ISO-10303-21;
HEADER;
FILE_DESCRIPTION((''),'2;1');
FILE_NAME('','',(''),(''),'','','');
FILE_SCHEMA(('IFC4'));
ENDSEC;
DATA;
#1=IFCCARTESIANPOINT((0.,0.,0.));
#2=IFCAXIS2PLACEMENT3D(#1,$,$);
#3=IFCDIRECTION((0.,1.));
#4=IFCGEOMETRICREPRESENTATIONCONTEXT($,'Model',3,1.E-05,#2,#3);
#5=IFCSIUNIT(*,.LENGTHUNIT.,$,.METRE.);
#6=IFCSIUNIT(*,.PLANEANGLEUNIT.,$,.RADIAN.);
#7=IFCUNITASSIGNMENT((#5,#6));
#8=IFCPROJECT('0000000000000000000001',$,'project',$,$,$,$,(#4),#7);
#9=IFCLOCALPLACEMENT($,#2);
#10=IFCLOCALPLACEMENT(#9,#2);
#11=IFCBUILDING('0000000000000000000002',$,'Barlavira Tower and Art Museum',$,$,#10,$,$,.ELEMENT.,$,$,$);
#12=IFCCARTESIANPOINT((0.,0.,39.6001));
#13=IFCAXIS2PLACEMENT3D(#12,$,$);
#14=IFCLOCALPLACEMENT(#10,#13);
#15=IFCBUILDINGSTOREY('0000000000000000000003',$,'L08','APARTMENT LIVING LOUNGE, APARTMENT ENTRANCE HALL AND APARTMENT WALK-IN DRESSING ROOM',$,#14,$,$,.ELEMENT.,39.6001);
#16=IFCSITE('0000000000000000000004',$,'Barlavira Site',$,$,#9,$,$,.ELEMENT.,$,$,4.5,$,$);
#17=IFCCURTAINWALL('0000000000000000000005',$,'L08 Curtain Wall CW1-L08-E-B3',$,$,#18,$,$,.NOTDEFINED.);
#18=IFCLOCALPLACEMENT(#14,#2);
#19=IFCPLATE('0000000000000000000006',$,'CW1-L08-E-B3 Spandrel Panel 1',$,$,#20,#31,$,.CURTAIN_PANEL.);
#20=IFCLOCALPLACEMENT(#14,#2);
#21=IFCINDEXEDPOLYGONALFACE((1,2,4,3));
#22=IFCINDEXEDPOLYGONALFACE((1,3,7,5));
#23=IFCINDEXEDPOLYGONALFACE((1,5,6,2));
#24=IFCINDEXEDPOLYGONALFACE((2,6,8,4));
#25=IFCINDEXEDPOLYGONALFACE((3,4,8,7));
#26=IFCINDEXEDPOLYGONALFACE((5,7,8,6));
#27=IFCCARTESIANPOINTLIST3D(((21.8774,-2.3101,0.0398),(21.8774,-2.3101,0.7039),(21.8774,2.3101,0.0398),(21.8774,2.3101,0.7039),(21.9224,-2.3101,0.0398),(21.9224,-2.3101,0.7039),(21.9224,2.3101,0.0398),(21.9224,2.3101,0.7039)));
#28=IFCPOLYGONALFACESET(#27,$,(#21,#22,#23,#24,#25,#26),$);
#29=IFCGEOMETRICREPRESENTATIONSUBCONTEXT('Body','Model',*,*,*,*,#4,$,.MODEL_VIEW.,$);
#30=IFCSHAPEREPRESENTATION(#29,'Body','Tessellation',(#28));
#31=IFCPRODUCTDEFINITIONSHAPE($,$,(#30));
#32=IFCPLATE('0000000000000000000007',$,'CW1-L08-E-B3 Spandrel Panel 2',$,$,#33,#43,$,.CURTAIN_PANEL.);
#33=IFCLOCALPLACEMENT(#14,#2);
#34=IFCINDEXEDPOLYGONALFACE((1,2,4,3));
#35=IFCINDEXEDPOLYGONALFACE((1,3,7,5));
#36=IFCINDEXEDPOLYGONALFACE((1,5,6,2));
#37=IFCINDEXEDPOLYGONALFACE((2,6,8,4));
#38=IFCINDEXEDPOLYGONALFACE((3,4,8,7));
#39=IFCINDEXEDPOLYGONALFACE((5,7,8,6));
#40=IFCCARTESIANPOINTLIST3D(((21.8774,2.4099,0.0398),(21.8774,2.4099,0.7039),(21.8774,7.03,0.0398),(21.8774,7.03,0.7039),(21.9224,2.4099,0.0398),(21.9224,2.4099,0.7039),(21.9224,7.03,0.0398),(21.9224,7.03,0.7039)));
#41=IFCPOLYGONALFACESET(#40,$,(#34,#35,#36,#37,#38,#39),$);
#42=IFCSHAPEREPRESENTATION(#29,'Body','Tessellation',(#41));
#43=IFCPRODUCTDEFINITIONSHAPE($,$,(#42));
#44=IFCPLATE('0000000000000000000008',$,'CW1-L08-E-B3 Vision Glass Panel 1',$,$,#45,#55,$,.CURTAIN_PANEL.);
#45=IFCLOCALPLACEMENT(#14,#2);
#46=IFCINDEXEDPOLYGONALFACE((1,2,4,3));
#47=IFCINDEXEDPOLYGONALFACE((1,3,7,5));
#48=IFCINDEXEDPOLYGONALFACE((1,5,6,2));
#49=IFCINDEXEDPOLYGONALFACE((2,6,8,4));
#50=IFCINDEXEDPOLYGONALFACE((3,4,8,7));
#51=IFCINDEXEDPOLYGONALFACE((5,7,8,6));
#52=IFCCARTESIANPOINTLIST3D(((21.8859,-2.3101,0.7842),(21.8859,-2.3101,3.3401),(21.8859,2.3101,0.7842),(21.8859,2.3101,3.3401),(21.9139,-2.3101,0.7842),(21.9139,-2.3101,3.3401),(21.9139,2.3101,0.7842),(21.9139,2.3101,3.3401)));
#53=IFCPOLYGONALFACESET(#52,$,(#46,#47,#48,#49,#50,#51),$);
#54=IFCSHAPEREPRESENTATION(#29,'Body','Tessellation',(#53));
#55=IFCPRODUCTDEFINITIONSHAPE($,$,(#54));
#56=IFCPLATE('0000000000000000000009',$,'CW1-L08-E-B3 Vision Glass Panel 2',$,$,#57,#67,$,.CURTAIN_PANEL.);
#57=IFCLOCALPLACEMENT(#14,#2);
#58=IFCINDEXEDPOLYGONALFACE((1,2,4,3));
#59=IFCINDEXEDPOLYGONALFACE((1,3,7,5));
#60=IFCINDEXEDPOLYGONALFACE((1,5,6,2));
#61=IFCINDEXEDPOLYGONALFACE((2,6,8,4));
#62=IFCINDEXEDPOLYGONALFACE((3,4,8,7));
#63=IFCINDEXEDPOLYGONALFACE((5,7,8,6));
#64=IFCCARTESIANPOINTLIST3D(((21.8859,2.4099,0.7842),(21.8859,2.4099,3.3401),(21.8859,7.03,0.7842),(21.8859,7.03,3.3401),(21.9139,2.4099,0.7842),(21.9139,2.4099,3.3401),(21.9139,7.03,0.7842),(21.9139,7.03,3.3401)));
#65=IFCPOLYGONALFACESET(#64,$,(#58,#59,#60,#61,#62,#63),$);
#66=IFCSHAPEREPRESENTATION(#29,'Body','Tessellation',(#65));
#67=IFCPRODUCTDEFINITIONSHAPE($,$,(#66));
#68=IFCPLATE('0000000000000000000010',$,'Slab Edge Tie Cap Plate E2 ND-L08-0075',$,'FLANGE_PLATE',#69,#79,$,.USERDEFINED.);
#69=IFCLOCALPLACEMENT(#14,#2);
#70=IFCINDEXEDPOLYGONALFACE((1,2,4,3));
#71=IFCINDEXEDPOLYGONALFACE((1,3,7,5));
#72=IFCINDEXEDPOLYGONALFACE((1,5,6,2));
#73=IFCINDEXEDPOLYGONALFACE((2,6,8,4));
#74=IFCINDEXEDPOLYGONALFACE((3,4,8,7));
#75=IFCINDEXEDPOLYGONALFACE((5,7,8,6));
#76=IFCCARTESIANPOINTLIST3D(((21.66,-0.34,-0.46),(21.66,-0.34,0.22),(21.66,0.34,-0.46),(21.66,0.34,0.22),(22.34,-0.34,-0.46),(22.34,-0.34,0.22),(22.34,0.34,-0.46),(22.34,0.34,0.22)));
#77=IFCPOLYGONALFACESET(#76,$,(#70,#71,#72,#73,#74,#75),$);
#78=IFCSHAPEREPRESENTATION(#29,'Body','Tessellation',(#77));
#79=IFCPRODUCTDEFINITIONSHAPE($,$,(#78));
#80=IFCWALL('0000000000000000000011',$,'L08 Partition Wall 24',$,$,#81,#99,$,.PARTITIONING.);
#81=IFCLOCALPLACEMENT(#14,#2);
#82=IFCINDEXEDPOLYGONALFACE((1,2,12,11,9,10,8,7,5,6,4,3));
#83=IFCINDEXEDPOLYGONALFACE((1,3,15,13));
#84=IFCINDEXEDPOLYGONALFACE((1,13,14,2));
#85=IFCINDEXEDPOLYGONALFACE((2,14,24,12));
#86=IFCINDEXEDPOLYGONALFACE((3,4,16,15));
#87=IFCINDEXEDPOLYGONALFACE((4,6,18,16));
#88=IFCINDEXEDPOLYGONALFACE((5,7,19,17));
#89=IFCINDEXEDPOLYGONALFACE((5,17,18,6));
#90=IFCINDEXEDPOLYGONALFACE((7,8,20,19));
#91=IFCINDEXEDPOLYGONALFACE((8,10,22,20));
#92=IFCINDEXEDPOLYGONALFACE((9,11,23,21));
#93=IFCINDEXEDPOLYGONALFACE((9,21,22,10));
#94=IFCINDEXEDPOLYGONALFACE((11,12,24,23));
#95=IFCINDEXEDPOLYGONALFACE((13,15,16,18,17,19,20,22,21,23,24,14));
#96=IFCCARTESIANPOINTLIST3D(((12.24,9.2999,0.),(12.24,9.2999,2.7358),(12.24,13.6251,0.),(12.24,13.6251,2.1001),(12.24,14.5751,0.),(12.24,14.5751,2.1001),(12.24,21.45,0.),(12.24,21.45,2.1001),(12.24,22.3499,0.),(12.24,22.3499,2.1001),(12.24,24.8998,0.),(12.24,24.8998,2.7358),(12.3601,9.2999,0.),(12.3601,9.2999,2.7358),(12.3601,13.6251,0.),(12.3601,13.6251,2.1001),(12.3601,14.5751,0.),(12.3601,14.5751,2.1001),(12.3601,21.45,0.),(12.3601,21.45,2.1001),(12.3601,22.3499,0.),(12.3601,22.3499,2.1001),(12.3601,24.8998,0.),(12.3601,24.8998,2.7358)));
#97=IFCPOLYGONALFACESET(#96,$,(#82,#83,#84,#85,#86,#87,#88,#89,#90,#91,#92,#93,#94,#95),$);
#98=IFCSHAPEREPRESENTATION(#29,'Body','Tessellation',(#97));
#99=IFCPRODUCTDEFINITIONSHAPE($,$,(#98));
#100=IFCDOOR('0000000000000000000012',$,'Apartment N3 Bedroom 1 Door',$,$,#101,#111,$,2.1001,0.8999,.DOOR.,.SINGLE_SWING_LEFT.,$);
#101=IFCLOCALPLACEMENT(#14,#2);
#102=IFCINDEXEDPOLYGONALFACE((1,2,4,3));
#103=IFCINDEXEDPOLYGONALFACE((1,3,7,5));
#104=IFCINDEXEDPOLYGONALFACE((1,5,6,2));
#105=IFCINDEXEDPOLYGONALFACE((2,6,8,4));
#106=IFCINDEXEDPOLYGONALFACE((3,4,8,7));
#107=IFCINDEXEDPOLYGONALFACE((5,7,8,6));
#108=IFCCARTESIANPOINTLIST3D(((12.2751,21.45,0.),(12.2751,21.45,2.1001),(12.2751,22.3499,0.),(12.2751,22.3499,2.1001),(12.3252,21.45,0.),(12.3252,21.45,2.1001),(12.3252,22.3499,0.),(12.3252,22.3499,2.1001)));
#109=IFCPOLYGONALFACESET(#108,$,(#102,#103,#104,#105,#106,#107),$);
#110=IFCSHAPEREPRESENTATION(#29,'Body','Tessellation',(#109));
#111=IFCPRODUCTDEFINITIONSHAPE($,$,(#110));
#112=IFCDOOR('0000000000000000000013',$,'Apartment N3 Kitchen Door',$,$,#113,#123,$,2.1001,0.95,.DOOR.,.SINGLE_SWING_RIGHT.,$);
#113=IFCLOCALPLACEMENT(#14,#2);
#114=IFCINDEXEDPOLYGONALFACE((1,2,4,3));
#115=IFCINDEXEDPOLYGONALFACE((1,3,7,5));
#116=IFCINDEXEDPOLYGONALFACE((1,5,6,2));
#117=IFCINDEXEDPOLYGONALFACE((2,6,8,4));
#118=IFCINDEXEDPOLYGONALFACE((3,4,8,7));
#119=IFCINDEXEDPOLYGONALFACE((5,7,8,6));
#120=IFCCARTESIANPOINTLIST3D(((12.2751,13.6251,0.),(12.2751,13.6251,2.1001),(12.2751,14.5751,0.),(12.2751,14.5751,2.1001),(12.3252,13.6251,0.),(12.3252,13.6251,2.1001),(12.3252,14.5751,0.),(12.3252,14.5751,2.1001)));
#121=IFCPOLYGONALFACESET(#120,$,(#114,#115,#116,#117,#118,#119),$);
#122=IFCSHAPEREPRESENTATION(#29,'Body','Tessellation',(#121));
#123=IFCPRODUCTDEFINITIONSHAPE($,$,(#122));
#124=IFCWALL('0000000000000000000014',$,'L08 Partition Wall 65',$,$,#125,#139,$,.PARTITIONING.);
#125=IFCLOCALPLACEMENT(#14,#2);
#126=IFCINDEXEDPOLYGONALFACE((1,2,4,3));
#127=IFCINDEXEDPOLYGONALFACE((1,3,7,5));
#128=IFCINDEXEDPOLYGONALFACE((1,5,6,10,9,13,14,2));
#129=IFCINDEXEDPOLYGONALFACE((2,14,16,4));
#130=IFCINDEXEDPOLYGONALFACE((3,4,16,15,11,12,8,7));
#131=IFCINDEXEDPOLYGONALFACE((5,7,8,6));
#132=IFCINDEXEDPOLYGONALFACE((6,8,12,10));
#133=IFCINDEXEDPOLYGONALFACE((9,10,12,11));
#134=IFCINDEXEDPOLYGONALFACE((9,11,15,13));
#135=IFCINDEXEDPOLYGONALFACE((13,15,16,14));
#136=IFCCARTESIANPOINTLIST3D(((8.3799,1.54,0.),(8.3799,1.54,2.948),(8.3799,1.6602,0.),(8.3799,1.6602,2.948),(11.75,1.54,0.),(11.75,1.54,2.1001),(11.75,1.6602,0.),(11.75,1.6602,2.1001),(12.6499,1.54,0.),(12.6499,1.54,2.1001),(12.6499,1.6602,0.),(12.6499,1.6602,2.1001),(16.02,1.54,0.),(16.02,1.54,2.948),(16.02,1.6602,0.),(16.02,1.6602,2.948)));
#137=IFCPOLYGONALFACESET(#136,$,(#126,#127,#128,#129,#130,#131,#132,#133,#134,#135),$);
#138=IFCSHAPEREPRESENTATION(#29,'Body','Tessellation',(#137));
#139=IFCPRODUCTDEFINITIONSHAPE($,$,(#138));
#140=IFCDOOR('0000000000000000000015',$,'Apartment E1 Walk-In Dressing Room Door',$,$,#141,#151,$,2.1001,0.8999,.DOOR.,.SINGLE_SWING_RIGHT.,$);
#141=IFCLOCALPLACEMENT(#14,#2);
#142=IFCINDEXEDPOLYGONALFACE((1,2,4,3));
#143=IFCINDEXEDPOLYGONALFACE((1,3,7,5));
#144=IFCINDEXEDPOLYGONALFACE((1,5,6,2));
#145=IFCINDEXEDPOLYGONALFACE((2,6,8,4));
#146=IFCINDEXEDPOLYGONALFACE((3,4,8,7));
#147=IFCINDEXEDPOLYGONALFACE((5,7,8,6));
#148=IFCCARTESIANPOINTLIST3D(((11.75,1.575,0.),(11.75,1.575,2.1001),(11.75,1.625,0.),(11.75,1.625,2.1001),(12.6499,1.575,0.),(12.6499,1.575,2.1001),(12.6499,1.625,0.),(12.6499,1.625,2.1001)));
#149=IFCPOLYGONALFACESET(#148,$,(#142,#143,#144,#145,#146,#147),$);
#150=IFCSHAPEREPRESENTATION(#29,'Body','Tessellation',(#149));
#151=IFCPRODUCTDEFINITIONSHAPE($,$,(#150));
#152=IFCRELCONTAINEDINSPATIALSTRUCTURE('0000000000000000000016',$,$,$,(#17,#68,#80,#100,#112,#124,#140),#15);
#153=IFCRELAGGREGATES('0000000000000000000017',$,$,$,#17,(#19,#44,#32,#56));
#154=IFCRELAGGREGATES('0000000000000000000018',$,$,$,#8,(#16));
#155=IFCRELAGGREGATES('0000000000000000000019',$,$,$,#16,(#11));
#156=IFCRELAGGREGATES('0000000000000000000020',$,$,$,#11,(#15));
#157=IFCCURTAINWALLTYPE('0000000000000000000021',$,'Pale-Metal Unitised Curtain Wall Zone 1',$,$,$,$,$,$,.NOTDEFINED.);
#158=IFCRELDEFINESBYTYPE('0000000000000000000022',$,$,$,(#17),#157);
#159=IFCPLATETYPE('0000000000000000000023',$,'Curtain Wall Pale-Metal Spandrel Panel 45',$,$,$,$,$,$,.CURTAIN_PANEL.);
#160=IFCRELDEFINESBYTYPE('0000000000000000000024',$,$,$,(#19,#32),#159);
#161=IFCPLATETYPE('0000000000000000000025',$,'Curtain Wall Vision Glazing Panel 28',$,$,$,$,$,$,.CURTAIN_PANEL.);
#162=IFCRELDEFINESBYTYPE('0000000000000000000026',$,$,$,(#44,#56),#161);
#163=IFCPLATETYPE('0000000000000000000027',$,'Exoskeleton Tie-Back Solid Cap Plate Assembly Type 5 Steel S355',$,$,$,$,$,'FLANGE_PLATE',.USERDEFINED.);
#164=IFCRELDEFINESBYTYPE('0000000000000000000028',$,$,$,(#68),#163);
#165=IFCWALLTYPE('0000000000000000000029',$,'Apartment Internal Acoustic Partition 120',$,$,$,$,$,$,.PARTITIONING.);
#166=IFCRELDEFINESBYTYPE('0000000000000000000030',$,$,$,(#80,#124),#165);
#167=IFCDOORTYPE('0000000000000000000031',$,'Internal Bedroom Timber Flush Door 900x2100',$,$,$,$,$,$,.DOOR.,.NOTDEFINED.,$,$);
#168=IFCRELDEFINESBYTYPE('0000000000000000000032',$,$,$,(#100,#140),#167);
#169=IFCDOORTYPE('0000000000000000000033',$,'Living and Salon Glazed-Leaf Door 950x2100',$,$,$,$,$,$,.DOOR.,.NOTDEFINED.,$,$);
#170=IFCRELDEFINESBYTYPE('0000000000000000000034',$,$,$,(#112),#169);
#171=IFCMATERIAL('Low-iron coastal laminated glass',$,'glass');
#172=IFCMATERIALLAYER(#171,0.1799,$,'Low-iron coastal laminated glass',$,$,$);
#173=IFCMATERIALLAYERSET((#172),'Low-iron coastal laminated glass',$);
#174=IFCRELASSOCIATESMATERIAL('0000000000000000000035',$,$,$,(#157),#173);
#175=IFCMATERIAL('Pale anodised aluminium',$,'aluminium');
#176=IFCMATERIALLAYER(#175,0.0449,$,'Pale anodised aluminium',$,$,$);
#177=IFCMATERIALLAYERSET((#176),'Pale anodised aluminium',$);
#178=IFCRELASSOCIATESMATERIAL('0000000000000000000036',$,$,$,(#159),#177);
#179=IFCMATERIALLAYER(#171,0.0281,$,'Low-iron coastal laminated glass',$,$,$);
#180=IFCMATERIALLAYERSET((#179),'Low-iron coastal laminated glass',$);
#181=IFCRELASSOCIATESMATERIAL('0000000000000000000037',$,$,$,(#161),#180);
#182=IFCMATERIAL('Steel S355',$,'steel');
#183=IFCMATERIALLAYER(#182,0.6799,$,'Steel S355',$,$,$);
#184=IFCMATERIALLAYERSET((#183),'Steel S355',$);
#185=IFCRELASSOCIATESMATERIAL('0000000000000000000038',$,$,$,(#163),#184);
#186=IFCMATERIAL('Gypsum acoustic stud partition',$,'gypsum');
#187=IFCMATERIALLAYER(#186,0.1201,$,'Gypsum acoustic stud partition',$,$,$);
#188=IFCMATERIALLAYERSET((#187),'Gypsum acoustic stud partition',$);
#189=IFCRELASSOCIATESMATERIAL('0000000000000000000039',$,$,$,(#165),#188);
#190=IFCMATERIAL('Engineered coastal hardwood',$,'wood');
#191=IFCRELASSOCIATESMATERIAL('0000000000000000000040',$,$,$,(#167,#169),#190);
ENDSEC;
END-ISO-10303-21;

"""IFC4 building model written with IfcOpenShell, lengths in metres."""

from ifc_helpers import new_model, si_unit, direction, frame, frame_2d, origin, origin_2d, place, context, subcontext, project, spatial, rectangle, extrude, material, layer, layer_set, type_object, element, fill, aggregate, save


model = new_model("IFC4")

# Units and contexts
model_context = context("Model", 3, precision=1e-05, world=origin(), true_north=direction((0.0, 1.0)))
body_context = subcontext(model_context, "Body", "Model", "MODEL_VIEW")
ifc_project = project(units=[si_unit("LENGTHUNIT", "METRE"), si_unit("PLANEANGLEUNIT", "RADIAN")], contexts=[model_context])

# Site, building, storey
site_placement = place(None, origin())
site = spatial("IfcSite", under=ifc_project, at=site_placement, Name="Barlavira Site", CompositionType="ELEMENT", RefElevation=4.5)
building_placement = place(site_placement, origin())
building = spatial("IfcBuilding", under=site, at=building_placement, Name="Barlavira Tower and Art Museum", CompositionType="ELEMENT")
storey_placement = place(building_placement, frame((0.0, 0.0, 39.6001)))
storey = spatial("IfcBuildingStorey", under=building, at=storey_placement, Name="L08", Description="APARTMENT LIVING LOUNGE, APARTMENT ENTRANCE HALL AND APARTMENT WALK-IN DRESSING ROOM", CompositionType="ELEMENT", Elevation=39.6001)

# Curtain wall
ifc_material_1 = material(Name="Low-iron coastal laminated glass", Category="glass")
ifc_layer_1 = layer(ifc_material_1, 0.1799, Name="Low-iron coastal laminated glass")
ifc_layer_set_1 = layer_set([ifc_layer_1], Name="Low-iron coastal laminated glass")
curtain_wall_type = type_object("IfcCurtainWallType", Name="Pale-Metal Unitised Curtain Wall Zone 1", PredefinedType="NOTDEFINED", material=ifc_layer_set_1)
curtain_wall_placement = place(storey_placement, origin())
curtain_wall = element("IfcCurtainWall", 1, at=curtain_wall_placement, inside=storey, type_object=curtain_wall_type, Name="L08 Curtain Wall CW1-L08-E-B3", PredefinedType="NOTDEFINED")
ifc_material_2 = material(Name="Pale anodised aluminium", Category="aluminium")

# Shared definitions
ifc_material_3 = material(Name="Steel S355", Category="steel")

# Plates
ifc_layer_2 = layer(ifc_material_2, 0.0449, Name="Pale anodised aluminium")
ifc_layer_set_2 = layer_set([ifc_layer_2], Name="Pale anodised aluminium")
plate_type_1 = type_object("IfcPlateType", Name="Curtain Wall Pale-Metal Spandrel Panel 45", PredefinedType="CURTAIN_PANEL", material=ifc_layer_set_2)
plate_1_placement = place(storey_placement, frame((21.8999, 0.0, 0.0398), z_axis=(0.0, 0.0, 1.0), x_axis=(0.0, 1.0, 0.0)))
plate_1 = element("IfcPlate", 2, at=plate_1_placement, type_object=plate_type_1, Name="CW1-L08-E-B3 Spandrel Panel 1", PredefinedType="CURTAIN_PANEL", context=body_context, shape_type="SweptSolid", body=[
    extrude(rectangle(XDim=4.6201, YDim=0.0449, at=origin_2d()), origin(), (0.0, 0.0, 1.0), 0.6641),
])
plate_2_placement = place(storey_placement, frame((21.8999, 4.72, 0.0398), z_axis=(0.0, 0.0, 1.0), x_axis=(0.0, 1.0, 0.0)))
plate_2 = element("IfcPlate", 3, at=plate_2_placement, type_object=plate_type_1, Name="CW1-L08-E-B3 Spandrel Panel 2", PredefinedType="CURTAIN_PANEL", context=body_context, shape_type="SweptSolid", body=[
    extrude(rectangle(XDim=4.6201, YDim=0.0449, at=origin_2d()), origin(), (0.0, 0.0, 1.0), 0.6641),
])
ifc_layer_3 = layer(ifc_material_1, 0.0281, Name="Low-iron coastal laminated glass")
ifc_layer_set_3 = layer_set([ifc_layer_3], Name="Low-iron coastal laminated glass")
plate_type_2 = type_object("IfcPlateType", Name="Curtain Wall Vision Glazing Panel 28", PredefinedType="CURTAIN_PANEL", material=ifc_layer_set_3)
plate_3_placement = place(storey_placement, frame((21.8999, 0.0, 0.7842), z_axis=(0.0, 0.0, 1.0), x_axis=(0.0, 1.0, 0.0)))
plate_3 = element("IfcPlate", 4, at=plate_3_placement, type_object=plate_type_2, Name="CW1-L08-E-B3 Vision Glass Panel 1", PredefinedType="CURTAIN_PANEL", context=body_context, shape_type="SweptSolid", body=[
    extrude(rectangle(XDim=4.6201, YDim=0.0281, at=origin_2d()), origin(), (0.0, 0.0, 1.0), 2.5559),
])
plate_4_placement = place(storey_placement, frame((21.8999, 4.72, 0.7842), z_axis=(0.0, 0.0, 1.0), x_axis=(0.0, 1.0, 0.0)))
plate_4 = element("IfcPlate", 5, at=plate_4_placement, type_object=plate_type_2, Name="CW1-L08-E-B3 Vision Glass Panel 2", PredefinedType="CURTAIN_PANEL", context=body_context, shape_type="SweptSolid", body=[
    extrude(rectangle(XDim=4.6201, YDim=0.0281, at=origin_2d()), origin(), (0.0, 0.0, 1.0), 2.5559),
])
aggregate(curtain_wall, [plate_1, plate_3, plate_2, plate_4])
ifc_layer_4 = layer(ifc_material_3, 0.6799, Name="Steel S355")
ifc_layer_set_4 = layer_set([ifc_layer_4], Name="Steel S355")
plate_type_3 = type_object("IfcPlateType", Name="Exoskeleton Tie-Back Solid Cap Plate Assembly Type 5 Steel S355", ElementType="FLANGE_PLATE", PredefinedType="USERDEFINED", material=ifc_layer_set_4)
plate_5_placement = place(storey_placement, frame((22.0, 0.0, -0.46), z_axis=(0.0, 0.0, 1.0), x_axis=(1.0, 0.0, 0.0)))
element("IfcPlate", 6, at=plate_5_placement, inside=storey, type_object=plate_type_3, Name="Slab Edge Tie Cap Plate E2 ND-L08-0075", ObjectType="FLANGE_PLATE", PredefinedType="USERDEFINED", context=body_context, shape_type="SweptSolid", body=[
    extrude(rectangle(XDim=0.6799, YDim=0.6799, at=origin_2d()), origin(), (0.0, 0.0, 1.0), 0.6799),
])

# Wall, openings, doors
ifc_material_4 = material(Name="Gypsum acoustic stud partition", Category="gypsum")
ifc_layer_5 = layer(ifc_material_4, 0.1201, Name="Gypsum acoustic stud partition")
ifc_layer_set_5 = layer_set([ifc_layer_5], Name="Gypsum acoustic stud partition")
wall_type_1 = type_object("IfcWallType", Name="Apartment Internal Acoustic Partition 120", PredefinedType="PARTITIONING", material=ifc_layer_set_5)
wall_1_placement = place(storey_placement, frame((12.3, 9.3, 0.0), z_axis=(0.0, 0.0, 1.0), x_axis=(0.0, 1.0, 0.0)))
wall_1 = element("IfcWall", 7, at=wall_1_placement, inside=storey, type_object=wall_type_1, Name="L08 Partition Wall 24", PredefinedType="PARTITIONING", context=body_context, shape_type="SweptSolid", body=[
    extrude(rectangle(XDim=15.5999, YDim=0.1201, at=frame_2d((7.7998, 0.0))), origin(), (0.0, 0.0, 1.0), 2.7358),
])
opening_1_placement = place(wall_1_placement, frame((4.325, 0.0, 0.0)))
opening_1 = element("IfcOpeningElement", 8, at=opening_1_placement, cuts=wall_1, PredefinedType="OPENING", context=body_context, shape_type="SweptSolid", body=[
    extrude(rectangle(XDim=0.95, YDim=2.1001, at=frame_2d((0.4751, 1.05))), frame((0.0, 0.0701, 0.0), z_axis=(0.0, -1.0, 0.0), x_axis=(1.0, 0.0, 0.0)), (0.0, 0.0, 1.0), 0.1401),
])
opening_2_placement = place(wall_1_placement, frame((12.1499, 0.0, 0.0)))
opening_2 = element("IfcOpeningElement", 9, at=opening_2_placement, cuts=wall_1, PredefinedType="OPENING", context=body_context, shape_type="SweptSolid", body=[
    extrude(rectangle(XDim=0.8999, YDim=2.1001, at=frame_2d((0.45, 1.05))), frame((0.0, 0.0701, 0.0), z_axis=(0.0, -1.0, 0.0), x_axis=(1.0, 0.0, 0.0)), (0.0, 0.0, 1.0), 0.1401),
])
ifc_material_5 = material(Name="Engineered coastal hardwood", Category="wood")
door_type_1 = type_object("IfcDoorType", Name="Internal Bedroom Timber Flush Door 900x2100", OperationType="NOTDEFINED", PredefinedType="DOOR", material=ifc_material_5)
door_1_placement = place(opening_2_placement, origin())
door_1 = element("IfcDoor", 10, at=door_1_placement, inside=storey, type_object=door_type_1, Name="Apartment N3 Bedroom 1 Door", OperationType="SINGLE_SWING_LEFT", OverallHeight=2.1001, OverallWidth=0.8999, PredefinedType="DOOR", context=body_context, shape_type="SweptSolid", body=[
    extrude(rectangle(XDim=0.8999, YDim=2.1001, at=frame_2d((0.45, 1.05))), frame((0.0, 0.0249, 0.0), z_axis=(0.0, -1.0, 0.0), x_axis=(1.0, 0.0, 0.0)), (0.0, 0.0, 1.0), 0.05),
])
fill(opening_2, door_1)
door_type_2 = type_object("IfcDoorType", Name="Living and Salon Glazed-Leaf Door 950x2100", OperationType="NOTDEFINED", PredefinedType="DOOR", material=ifc_material_5)
door_2_placement = place(opening_1_placement, origin())
door_2 = element("IfcDoor", 11, at=door_2_placement, inside=storey, type_object=door_type_2, Name="Apartment N3 Kitchen Door", OperationType="SINGLE_SWING_RIGHT", OverallHeight=2.1001, OverallWidth=0.95, PredefinedType="DOOR", context=body_context, shape_type="SweptSolid", body=[
    extrude(rectangle(XDim=0.95, YDim=2.1001, at=frame_2d((0.4751, 1.05))), frame((0.0, 0.0249, 0.0), z_axis=(0.0, -1.0, 0.0), x_axis=(1.0, 0.0, 0.0)), (0.0, 0.0, 1.0), 0.05),
])
fill(opening_1, door_2)

# Wall, opening, door
wall_2_placement = place(storey_placement, frame((8.3799, 1.6001, 0.0), z_axis=(0.0, 0.0, 1.0), x_axis=(1.0, 0.0, 0.0)))
wall_2 = element("IfcWall", 12, at=wall_2_placement, inside=storey, type_object=wall_type_1, Name="L08 Partition Wall 65", PredefinedType="PARTITIONING", context=body_context, shape_type="SweptSolid", body=[
    extrude(rectangle(XDim=7.6401, YDim=0.1201, at=frame_2d((3.8201, 0.0))), origin(), (0.0, 0.0, 1.0), 2.948),
])
opening_3_placement = place(wall_2_placement, frame((3.3701, 0.0, 0.0)))
opening_3 = element("IfcOpeningElement", 13, at=opening_3_placement, cuts=wall_2, PredefinedType="OPENING", context=body_context, shape_type="SweptSolid", body=[
    extrude(rectangle(XDim=0.8999, YDim=2.1001, at=frame_2d((0.45, 1.05))), frame((0.0, 0.0701, 0.0), z_axis=(0.0, -1.0, 0.0), x_axis=(1.0, 0.0, 0.0)), (0.0, 0.0, 1.0), 0.1401),
])
door_3_placement = place(opening_3_placement, origin())
door_3 = element("IfcDoor", 14, at=door_3_placement, inside=storey, type_object=door_type_1, Name="Apartment E1 Walk-In Dressing Room Door", OperationType="SINGLE_SWING_RIGHT", OverallHeight=2.1001, OverallWidth=0.8999, PredefinedType="DOOR", context=body_context, shape_type="SweptSolid", body=[
    extrude(rectangle(XDim=0.8999, YDim=2.1001, at=frame_2d((0.45, 1.05))), frame((0.0, 0.0249, 0.0), z_axis=(0.0, -1.0, 0.0), x_axis=(1.0, 0.0, 0.0)), (0.0, 0.0, 1.0), 0.05),
])
fill(opening_3, door_3)

save(model, "model.ifc")
